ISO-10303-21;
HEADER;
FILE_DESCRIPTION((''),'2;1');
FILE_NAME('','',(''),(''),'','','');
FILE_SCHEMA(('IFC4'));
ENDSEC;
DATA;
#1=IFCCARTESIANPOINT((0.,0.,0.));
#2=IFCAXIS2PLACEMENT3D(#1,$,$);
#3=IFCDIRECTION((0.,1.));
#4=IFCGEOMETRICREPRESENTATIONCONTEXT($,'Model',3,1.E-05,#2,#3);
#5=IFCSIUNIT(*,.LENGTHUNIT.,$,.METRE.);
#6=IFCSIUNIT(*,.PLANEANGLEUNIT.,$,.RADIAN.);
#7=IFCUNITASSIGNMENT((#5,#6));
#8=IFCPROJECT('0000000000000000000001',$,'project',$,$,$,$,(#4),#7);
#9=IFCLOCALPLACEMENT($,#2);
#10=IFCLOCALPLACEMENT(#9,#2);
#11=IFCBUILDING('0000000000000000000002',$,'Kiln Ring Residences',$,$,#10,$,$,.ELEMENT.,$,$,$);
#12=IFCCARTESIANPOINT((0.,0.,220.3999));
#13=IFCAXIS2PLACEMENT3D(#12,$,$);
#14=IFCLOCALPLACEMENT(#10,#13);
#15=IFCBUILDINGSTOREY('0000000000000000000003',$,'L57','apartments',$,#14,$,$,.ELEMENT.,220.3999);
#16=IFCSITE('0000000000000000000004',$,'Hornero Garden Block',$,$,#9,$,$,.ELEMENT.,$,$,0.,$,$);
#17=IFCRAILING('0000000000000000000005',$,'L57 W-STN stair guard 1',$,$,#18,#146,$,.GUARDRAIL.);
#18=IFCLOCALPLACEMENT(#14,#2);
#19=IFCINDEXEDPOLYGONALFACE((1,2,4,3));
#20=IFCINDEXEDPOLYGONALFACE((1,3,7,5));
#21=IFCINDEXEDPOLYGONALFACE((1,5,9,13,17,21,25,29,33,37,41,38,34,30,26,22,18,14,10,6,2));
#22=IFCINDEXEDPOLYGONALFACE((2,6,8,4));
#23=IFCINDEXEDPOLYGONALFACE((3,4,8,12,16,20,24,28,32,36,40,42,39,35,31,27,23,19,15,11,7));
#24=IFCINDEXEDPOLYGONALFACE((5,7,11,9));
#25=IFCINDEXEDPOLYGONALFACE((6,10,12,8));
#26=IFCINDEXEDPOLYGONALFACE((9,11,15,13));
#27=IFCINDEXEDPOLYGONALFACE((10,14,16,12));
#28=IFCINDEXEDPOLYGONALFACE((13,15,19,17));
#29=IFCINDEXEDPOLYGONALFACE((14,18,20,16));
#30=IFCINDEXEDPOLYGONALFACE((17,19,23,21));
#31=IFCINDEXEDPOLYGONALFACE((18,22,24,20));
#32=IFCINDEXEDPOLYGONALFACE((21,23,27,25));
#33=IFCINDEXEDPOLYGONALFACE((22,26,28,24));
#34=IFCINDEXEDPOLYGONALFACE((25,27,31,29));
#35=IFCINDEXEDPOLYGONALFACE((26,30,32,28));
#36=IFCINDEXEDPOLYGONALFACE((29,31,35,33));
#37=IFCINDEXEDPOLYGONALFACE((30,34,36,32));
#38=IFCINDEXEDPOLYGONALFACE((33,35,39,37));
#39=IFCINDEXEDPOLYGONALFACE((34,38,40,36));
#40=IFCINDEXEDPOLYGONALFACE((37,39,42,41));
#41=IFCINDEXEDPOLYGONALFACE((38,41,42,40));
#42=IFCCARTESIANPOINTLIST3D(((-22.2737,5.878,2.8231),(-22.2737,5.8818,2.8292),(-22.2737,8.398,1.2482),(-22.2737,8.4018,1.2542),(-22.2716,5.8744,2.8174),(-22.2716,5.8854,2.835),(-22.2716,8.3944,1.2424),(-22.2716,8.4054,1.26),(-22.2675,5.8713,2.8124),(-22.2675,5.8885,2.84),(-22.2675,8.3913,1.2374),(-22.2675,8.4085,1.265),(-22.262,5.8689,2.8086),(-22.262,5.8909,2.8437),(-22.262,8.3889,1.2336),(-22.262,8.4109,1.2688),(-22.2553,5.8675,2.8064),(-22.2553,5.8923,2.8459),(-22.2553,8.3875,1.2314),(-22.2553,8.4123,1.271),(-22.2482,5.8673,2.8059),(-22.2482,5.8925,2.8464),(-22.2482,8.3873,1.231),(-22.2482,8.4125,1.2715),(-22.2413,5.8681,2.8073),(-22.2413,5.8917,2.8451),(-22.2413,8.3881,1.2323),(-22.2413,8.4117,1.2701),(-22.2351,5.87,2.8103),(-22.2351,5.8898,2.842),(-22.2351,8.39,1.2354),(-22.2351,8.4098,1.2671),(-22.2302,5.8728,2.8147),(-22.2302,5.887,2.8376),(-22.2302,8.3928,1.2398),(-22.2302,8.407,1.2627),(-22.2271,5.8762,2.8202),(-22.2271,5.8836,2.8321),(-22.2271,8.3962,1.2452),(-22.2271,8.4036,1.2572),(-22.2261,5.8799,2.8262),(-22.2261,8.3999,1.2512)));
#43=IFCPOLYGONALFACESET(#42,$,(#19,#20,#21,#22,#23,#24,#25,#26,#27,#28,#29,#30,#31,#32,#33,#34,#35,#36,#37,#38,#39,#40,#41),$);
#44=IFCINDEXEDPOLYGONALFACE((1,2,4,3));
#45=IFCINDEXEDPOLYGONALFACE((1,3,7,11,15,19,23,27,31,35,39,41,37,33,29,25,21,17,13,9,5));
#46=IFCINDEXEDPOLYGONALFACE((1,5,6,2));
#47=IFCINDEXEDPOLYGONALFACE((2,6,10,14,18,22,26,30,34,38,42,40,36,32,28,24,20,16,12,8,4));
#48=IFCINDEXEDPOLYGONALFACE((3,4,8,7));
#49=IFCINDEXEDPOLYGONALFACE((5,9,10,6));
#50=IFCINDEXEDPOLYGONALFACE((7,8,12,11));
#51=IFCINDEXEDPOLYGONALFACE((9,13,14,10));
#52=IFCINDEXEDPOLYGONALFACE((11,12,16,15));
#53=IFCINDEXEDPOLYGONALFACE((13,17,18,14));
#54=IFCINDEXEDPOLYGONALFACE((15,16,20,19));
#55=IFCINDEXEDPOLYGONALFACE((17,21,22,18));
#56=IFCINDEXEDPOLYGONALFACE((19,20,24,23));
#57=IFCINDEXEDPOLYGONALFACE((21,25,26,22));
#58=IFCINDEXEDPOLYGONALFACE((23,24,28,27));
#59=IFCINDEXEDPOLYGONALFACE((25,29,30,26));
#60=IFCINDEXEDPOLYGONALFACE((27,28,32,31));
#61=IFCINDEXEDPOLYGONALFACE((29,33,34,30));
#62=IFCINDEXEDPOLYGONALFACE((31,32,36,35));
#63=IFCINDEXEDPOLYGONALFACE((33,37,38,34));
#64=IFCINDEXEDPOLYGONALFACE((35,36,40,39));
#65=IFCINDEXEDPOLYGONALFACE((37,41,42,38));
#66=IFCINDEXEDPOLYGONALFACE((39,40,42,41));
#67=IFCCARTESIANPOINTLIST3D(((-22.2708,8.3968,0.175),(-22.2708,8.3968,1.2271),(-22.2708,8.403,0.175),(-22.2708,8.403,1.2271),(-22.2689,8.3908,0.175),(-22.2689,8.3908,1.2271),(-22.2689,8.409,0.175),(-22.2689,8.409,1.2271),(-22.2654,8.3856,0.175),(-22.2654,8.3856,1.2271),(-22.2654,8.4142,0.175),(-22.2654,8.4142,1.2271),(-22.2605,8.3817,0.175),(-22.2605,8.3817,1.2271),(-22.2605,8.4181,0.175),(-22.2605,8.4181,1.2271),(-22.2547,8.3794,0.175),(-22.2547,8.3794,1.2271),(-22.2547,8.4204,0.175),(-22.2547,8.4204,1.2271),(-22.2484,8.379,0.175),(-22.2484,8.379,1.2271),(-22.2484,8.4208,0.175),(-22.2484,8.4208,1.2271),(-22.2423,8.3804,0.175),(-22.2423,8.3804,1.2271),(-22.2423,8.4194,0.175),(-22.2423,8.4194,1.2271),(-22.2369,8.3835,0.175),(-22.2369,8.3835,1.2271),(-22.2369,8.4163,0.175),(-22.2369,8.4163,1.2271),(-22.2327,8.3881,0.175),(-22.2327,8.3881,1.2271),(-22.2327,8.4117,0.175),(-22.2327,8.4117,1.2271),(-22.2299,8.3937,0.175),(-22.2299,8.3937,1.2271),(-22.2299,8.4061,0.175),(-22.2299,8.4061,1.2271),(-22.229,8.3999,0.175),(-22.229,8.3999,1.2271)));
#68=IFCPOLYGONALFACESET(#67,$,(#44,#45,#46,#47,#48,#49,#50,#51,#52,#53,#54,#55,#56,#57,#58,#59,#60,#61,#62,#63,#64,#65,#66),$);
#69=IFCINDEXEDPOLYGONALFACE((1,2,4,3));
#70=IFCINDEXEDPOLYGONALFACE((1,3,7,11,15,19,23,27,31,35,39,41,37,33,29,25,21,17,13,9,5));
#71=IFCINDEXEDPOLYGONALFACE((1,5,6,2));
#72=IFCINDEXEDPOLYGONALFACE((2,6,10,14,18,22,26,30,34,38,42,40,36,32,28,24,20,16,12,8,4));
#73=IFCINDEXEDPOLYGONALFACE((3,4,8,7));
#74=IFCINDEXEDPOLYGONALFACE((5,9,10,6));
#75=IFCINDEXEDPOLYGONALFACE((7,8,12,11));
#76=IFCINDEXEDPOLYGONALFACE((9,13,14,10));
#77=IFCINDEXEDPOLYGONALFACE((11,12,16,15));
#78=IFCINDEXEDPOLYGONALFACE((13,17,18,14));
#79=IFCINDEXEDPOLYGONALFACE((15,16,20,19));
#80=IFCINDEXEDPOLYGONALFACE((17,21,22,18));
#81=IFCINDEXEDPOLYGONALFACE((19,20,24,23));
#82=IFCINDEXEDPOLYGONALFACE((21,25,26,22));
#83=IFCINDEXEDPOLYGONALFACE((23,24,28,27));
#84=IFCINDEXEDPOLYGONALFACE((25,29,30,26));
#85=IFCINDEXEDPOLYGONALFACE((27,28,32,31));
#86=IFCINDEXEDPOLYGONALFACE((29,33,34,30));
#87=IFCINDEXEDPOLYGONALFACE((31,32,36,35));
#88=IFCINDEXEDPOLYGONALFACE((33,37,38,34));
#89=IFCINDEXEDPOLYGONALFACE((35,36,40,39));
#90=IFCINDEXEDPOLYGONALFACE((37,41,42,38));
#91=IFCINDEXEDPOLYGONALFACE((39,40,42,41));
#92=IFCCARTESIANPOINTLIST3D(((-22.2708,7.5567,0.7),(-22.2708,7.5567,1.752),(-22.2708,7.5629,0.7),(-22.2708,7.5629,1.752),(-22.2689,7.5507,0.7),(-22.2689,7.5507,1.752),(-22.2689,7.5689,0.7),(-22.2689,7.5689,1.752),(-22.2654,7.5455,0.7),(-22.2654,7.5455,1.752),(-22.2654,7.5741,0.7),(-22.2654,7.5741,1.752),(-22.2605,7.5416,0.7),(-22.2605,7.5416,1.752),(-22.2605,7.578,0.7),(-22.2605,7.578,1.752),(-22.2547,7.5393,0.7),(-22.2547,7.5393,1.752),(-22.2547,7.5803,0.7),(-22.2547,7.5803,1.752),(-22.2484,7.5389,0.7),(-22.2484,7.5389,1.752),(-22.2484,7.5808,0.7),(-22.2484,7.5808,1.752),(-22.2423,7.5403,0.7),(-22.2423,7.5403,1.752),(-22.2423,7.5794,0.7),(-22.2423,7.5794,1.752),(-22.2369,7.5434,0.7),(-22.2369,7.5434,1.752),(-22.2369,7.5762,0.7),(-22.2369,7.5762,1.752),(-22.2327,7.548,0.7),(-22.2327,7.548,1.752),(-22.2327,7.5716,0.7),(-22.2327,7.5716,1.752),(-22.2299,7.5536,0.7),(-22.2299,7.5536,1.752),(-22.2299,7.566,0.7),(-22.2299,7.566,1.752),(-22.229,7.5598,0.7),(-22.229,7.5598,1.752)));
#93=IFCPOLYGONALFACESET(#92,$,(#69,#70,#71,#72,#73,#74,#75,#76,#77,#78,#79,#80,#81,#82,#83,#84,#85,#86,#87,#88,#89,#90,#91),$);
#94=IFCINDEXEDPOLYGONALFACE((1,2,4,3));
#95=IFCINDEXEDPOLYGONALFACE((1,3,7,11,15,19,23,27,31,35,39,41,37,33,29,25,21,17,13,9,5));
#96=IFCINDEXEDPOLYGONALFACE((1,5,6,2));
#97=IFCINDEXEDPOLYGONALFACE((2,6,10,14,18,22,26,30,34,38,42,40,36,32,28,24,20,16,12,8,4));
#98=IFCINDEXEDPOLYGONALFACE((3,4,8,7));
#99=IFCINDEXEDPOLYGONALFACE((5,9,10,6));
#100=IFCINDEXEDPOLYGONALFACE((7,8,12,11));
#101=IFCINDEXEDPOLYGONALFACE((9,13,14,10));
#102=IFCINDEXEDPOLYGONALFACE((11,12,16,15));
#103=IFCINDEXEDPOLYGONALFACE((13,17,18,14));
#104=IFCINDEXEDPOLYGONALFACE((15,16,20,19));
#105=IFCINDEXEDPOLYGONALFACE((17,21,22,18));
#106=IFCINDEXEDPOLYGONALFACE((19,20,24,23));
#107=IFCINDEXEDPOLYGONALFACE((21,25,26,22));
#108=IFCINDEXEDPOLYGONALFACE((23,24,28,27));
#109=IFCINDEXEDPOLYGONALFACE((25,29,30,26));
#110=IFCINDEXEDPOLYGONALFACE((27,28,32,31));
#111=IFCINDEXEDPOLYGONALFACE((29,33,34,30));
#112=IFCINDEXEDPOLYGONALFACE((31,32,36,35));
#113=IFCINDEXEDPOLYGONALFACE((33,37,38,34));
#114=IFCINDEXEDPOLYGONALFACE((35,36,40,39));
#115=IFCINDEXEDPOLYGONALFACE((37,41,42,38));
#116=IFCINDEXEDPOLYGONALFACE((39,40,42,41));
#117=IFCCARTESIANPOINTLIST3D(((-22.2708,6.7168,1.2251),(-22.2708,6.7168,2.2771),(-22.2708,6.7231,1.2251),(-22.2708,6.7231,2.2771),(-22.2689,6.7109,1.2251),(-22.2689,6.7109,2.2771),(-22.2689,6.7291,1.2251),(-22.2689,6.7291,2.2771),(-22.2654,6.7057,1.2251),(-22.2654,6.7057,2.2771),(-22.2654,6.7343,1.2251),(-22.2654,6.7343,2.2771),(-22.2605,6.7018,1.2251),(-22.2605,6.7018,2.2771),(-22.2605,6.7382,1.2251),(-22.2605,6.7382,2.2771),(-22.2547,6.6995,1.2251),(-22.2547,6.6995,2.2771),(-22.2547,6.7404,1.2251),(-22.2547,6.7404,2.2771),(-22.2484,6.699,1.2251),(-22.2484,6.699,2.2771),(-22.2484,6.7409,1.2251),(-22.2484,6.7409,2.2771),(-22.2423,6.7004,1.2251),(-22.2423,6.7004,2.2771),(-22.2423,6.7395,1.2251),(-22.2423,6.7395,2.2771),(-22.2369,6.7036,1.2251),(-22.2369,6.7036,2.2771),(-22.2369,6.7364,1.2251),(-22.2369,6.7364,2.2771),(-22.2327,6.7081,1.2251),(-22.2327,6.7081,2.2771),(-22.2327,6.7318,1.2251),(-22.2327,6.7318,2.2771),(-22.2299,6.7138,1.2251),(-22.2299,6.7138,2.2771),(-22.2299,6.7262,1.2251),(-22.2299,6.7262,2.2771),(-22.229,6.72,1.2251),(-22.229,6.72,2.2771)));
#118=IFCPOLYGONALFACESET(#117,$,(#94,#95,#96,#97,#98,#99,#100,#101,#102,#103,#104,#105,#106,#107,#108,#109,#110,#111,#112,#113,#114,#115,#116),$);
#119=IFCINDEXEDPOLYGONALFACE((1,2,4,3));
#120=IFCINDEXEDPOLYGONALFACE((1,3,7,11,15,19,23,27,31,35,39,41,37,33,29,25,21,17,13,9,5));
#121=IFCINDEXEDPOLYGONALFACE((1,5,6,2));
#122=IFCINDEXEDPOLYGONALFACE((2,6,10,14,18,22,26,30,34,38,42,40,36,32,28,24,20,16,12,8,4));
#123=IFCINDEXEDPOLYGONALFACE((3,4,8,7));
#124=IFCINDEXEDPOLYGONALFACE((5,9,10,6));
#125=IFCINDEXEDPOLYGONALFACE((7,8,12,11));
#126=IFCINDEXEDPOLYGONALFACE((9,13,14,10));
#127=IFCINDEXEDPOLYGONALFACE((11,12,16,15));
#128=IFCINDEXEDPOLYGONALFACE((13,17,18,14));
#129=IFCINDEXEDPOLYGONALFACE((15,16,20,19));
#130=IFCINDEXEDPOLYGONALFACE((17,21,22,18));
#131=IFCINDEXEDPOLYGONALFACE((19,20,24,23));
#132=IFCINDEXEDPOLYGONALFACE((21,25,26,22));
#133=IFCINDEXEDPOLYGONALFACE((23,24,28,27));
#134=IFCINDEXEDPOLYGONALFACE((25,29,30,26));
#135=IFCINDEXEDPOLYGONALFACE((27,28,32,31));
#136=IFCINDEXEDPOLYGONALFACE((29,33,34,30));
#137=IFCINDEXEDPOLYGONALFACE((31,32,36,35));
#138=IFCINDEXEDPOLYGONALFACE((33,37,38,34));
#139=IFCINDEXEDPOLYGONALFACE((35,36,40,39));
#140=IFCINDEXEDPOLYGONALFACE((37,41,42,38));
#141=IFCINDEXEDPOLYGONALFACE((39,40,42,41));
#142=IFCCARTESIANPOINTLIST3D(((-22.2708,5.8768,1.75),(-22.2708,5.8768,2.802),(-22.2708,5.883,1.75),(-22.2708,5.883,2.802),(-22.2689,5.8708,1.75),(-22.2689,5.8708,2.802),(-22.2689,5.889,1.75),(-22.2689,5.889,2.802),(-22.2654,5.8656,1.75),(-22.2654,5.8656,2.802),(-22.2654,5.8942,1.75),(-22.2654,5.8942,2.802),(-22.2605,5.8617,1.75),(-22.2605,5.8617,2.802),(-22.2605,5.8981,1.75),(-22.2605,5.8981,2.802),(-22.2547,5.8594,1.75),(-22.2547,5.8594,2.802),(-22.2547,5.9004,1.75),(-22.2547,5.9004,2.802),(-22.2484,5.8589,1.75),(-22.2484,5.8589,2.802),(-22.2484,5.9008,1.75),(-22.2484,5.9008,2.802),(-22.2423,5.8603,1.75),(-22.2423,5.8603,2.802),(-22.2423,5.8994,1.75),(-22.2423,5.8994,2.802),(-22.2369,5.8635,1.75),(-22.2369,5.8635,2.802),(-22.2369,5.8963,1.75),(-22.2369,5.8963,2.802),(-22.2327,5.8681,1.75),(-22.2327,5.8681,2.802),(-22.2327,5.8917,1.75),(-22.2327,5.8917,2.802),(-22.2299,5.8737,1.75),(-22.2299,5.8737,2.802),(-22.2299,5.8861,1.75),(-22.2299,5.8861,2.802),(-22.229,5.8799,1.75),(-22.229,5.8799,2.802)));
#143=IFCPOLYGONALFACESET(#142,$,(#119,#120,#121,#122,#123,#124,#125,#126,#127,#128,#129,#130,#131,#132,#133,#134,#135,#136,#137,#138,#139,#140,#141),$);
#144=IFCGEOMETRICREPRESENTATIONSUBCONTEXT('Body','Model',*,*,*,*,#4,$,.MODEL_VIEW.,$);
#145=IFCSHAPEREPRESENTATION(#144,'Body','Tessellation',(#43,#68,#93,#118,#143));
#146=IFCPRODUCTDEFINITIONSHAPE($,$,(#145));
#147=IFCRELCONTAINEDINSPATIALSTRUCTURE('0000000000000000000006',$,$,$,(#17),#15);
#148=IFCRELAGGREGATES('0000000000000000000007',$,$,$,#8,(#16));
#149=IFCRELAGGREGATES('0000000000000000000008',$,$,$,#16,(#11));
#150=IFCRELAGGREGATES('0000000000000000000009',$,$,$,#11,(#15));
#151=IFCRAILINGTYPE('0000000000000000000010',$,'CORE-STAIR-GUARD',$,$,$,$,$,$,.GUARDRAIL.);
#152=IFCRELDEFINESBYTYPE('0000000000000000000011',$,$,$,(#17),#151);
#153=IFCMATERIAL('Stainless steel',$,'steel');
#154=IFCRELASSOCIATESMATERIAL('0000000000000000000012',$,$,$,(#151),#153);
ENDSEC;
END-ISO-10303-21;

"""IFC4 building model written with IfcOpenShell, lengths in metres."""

from ifc_helpers import new_model, si_unit, direction, frame, origin, origin_2d, place, context, subcontext, project, spatial, circle, extrude, material, type_object, element, save


model = new_model("IFC4")

# Units and contexts
model_context = context("Model", 3, precision=1e-05, world=origin(), true_north=direction((0.0, 1.0)))
body_context = subcontext(model_context, "Body", "Model", "MODEL_VIEW")
ifc_project = project(units=[si_unit("LENGTHUNIT", "METRE"), si_unit("PLANEANGLEUNIT", "RADIAN")], contexts=[model_context])

# Site, building, storey
site_placement = place(None, origin())
site = spatial("IfcSite", under=ifc_project, at=site_placement, Name="Hornero Garden Block", CompositionType="ELEMENT", RefElevation=0.0)
building_placement = place(site_placement, origin())
building = spatial("IfcBuilding", under=site, at=building_placement, Name="Kiln Ring Residences", CompositionType="ELEMENT")
storey_placement = place(building_placement, frame((0.0, 0.0, 220.3999)))
storey = spatial("IfcBuildingStorey", under=building, at=storey_placement, Name="L57", Description="apartments", CompositionType="ELEMENT", Elevation=220.3999)

# Railing
ifc_material_1 = material(Name="Stainless steel", Category="steel")
railing_type_1 = type_object("IfcRailingType", Name="CORE-STAIR-GUARD", PredefinedType="GUARDRAIL", material=ifc_material_1)
railing_1_placement = place(storey_placement, frame((-22.25, 8.3999, 0.175)))
element("IfcRailing", 1, at=railing_1_placement, inside=storey, type_object=railing_type_1, Name="L57 W-STN stair guard 1", PredefinedType="GUARDRAIL", context=body_context, shape_type="SweptSolid", body=[
    extrude(circle(Radius=0.0239, at=origin_2d()), frame((0.0, 0.0, 1.0762), z_axis=(0.0, -0.848008, 0.529984), x_axis=(1.0, 0.0, 0.0)), (0.0, 0.0, 1.0), 2.9717),
    extrude(circle(Radius=0.021, at=origin_2d()), origin(), (0.0, 0.0, 1.0), 1.052),
    extrude(circle(Radius=0.021, at=origin_2d()), frame((0.0, -0.8401, 0.5249)), (0.0, 0.0, 1.0), 1.052),
    extrude(circle(Radius=0.021, at=origin_2d()), frame((0.0, -1.6799, 1.05)), (0.0, 0.0, 1.0), 1.052),
    extrude(circle(Radius=0.021, at=origin_2d()), frame((0.0, -2.52, 1.575)), (0.0, 0.0, 1.0), 1.052),
])

save(model, "model.ifc")
